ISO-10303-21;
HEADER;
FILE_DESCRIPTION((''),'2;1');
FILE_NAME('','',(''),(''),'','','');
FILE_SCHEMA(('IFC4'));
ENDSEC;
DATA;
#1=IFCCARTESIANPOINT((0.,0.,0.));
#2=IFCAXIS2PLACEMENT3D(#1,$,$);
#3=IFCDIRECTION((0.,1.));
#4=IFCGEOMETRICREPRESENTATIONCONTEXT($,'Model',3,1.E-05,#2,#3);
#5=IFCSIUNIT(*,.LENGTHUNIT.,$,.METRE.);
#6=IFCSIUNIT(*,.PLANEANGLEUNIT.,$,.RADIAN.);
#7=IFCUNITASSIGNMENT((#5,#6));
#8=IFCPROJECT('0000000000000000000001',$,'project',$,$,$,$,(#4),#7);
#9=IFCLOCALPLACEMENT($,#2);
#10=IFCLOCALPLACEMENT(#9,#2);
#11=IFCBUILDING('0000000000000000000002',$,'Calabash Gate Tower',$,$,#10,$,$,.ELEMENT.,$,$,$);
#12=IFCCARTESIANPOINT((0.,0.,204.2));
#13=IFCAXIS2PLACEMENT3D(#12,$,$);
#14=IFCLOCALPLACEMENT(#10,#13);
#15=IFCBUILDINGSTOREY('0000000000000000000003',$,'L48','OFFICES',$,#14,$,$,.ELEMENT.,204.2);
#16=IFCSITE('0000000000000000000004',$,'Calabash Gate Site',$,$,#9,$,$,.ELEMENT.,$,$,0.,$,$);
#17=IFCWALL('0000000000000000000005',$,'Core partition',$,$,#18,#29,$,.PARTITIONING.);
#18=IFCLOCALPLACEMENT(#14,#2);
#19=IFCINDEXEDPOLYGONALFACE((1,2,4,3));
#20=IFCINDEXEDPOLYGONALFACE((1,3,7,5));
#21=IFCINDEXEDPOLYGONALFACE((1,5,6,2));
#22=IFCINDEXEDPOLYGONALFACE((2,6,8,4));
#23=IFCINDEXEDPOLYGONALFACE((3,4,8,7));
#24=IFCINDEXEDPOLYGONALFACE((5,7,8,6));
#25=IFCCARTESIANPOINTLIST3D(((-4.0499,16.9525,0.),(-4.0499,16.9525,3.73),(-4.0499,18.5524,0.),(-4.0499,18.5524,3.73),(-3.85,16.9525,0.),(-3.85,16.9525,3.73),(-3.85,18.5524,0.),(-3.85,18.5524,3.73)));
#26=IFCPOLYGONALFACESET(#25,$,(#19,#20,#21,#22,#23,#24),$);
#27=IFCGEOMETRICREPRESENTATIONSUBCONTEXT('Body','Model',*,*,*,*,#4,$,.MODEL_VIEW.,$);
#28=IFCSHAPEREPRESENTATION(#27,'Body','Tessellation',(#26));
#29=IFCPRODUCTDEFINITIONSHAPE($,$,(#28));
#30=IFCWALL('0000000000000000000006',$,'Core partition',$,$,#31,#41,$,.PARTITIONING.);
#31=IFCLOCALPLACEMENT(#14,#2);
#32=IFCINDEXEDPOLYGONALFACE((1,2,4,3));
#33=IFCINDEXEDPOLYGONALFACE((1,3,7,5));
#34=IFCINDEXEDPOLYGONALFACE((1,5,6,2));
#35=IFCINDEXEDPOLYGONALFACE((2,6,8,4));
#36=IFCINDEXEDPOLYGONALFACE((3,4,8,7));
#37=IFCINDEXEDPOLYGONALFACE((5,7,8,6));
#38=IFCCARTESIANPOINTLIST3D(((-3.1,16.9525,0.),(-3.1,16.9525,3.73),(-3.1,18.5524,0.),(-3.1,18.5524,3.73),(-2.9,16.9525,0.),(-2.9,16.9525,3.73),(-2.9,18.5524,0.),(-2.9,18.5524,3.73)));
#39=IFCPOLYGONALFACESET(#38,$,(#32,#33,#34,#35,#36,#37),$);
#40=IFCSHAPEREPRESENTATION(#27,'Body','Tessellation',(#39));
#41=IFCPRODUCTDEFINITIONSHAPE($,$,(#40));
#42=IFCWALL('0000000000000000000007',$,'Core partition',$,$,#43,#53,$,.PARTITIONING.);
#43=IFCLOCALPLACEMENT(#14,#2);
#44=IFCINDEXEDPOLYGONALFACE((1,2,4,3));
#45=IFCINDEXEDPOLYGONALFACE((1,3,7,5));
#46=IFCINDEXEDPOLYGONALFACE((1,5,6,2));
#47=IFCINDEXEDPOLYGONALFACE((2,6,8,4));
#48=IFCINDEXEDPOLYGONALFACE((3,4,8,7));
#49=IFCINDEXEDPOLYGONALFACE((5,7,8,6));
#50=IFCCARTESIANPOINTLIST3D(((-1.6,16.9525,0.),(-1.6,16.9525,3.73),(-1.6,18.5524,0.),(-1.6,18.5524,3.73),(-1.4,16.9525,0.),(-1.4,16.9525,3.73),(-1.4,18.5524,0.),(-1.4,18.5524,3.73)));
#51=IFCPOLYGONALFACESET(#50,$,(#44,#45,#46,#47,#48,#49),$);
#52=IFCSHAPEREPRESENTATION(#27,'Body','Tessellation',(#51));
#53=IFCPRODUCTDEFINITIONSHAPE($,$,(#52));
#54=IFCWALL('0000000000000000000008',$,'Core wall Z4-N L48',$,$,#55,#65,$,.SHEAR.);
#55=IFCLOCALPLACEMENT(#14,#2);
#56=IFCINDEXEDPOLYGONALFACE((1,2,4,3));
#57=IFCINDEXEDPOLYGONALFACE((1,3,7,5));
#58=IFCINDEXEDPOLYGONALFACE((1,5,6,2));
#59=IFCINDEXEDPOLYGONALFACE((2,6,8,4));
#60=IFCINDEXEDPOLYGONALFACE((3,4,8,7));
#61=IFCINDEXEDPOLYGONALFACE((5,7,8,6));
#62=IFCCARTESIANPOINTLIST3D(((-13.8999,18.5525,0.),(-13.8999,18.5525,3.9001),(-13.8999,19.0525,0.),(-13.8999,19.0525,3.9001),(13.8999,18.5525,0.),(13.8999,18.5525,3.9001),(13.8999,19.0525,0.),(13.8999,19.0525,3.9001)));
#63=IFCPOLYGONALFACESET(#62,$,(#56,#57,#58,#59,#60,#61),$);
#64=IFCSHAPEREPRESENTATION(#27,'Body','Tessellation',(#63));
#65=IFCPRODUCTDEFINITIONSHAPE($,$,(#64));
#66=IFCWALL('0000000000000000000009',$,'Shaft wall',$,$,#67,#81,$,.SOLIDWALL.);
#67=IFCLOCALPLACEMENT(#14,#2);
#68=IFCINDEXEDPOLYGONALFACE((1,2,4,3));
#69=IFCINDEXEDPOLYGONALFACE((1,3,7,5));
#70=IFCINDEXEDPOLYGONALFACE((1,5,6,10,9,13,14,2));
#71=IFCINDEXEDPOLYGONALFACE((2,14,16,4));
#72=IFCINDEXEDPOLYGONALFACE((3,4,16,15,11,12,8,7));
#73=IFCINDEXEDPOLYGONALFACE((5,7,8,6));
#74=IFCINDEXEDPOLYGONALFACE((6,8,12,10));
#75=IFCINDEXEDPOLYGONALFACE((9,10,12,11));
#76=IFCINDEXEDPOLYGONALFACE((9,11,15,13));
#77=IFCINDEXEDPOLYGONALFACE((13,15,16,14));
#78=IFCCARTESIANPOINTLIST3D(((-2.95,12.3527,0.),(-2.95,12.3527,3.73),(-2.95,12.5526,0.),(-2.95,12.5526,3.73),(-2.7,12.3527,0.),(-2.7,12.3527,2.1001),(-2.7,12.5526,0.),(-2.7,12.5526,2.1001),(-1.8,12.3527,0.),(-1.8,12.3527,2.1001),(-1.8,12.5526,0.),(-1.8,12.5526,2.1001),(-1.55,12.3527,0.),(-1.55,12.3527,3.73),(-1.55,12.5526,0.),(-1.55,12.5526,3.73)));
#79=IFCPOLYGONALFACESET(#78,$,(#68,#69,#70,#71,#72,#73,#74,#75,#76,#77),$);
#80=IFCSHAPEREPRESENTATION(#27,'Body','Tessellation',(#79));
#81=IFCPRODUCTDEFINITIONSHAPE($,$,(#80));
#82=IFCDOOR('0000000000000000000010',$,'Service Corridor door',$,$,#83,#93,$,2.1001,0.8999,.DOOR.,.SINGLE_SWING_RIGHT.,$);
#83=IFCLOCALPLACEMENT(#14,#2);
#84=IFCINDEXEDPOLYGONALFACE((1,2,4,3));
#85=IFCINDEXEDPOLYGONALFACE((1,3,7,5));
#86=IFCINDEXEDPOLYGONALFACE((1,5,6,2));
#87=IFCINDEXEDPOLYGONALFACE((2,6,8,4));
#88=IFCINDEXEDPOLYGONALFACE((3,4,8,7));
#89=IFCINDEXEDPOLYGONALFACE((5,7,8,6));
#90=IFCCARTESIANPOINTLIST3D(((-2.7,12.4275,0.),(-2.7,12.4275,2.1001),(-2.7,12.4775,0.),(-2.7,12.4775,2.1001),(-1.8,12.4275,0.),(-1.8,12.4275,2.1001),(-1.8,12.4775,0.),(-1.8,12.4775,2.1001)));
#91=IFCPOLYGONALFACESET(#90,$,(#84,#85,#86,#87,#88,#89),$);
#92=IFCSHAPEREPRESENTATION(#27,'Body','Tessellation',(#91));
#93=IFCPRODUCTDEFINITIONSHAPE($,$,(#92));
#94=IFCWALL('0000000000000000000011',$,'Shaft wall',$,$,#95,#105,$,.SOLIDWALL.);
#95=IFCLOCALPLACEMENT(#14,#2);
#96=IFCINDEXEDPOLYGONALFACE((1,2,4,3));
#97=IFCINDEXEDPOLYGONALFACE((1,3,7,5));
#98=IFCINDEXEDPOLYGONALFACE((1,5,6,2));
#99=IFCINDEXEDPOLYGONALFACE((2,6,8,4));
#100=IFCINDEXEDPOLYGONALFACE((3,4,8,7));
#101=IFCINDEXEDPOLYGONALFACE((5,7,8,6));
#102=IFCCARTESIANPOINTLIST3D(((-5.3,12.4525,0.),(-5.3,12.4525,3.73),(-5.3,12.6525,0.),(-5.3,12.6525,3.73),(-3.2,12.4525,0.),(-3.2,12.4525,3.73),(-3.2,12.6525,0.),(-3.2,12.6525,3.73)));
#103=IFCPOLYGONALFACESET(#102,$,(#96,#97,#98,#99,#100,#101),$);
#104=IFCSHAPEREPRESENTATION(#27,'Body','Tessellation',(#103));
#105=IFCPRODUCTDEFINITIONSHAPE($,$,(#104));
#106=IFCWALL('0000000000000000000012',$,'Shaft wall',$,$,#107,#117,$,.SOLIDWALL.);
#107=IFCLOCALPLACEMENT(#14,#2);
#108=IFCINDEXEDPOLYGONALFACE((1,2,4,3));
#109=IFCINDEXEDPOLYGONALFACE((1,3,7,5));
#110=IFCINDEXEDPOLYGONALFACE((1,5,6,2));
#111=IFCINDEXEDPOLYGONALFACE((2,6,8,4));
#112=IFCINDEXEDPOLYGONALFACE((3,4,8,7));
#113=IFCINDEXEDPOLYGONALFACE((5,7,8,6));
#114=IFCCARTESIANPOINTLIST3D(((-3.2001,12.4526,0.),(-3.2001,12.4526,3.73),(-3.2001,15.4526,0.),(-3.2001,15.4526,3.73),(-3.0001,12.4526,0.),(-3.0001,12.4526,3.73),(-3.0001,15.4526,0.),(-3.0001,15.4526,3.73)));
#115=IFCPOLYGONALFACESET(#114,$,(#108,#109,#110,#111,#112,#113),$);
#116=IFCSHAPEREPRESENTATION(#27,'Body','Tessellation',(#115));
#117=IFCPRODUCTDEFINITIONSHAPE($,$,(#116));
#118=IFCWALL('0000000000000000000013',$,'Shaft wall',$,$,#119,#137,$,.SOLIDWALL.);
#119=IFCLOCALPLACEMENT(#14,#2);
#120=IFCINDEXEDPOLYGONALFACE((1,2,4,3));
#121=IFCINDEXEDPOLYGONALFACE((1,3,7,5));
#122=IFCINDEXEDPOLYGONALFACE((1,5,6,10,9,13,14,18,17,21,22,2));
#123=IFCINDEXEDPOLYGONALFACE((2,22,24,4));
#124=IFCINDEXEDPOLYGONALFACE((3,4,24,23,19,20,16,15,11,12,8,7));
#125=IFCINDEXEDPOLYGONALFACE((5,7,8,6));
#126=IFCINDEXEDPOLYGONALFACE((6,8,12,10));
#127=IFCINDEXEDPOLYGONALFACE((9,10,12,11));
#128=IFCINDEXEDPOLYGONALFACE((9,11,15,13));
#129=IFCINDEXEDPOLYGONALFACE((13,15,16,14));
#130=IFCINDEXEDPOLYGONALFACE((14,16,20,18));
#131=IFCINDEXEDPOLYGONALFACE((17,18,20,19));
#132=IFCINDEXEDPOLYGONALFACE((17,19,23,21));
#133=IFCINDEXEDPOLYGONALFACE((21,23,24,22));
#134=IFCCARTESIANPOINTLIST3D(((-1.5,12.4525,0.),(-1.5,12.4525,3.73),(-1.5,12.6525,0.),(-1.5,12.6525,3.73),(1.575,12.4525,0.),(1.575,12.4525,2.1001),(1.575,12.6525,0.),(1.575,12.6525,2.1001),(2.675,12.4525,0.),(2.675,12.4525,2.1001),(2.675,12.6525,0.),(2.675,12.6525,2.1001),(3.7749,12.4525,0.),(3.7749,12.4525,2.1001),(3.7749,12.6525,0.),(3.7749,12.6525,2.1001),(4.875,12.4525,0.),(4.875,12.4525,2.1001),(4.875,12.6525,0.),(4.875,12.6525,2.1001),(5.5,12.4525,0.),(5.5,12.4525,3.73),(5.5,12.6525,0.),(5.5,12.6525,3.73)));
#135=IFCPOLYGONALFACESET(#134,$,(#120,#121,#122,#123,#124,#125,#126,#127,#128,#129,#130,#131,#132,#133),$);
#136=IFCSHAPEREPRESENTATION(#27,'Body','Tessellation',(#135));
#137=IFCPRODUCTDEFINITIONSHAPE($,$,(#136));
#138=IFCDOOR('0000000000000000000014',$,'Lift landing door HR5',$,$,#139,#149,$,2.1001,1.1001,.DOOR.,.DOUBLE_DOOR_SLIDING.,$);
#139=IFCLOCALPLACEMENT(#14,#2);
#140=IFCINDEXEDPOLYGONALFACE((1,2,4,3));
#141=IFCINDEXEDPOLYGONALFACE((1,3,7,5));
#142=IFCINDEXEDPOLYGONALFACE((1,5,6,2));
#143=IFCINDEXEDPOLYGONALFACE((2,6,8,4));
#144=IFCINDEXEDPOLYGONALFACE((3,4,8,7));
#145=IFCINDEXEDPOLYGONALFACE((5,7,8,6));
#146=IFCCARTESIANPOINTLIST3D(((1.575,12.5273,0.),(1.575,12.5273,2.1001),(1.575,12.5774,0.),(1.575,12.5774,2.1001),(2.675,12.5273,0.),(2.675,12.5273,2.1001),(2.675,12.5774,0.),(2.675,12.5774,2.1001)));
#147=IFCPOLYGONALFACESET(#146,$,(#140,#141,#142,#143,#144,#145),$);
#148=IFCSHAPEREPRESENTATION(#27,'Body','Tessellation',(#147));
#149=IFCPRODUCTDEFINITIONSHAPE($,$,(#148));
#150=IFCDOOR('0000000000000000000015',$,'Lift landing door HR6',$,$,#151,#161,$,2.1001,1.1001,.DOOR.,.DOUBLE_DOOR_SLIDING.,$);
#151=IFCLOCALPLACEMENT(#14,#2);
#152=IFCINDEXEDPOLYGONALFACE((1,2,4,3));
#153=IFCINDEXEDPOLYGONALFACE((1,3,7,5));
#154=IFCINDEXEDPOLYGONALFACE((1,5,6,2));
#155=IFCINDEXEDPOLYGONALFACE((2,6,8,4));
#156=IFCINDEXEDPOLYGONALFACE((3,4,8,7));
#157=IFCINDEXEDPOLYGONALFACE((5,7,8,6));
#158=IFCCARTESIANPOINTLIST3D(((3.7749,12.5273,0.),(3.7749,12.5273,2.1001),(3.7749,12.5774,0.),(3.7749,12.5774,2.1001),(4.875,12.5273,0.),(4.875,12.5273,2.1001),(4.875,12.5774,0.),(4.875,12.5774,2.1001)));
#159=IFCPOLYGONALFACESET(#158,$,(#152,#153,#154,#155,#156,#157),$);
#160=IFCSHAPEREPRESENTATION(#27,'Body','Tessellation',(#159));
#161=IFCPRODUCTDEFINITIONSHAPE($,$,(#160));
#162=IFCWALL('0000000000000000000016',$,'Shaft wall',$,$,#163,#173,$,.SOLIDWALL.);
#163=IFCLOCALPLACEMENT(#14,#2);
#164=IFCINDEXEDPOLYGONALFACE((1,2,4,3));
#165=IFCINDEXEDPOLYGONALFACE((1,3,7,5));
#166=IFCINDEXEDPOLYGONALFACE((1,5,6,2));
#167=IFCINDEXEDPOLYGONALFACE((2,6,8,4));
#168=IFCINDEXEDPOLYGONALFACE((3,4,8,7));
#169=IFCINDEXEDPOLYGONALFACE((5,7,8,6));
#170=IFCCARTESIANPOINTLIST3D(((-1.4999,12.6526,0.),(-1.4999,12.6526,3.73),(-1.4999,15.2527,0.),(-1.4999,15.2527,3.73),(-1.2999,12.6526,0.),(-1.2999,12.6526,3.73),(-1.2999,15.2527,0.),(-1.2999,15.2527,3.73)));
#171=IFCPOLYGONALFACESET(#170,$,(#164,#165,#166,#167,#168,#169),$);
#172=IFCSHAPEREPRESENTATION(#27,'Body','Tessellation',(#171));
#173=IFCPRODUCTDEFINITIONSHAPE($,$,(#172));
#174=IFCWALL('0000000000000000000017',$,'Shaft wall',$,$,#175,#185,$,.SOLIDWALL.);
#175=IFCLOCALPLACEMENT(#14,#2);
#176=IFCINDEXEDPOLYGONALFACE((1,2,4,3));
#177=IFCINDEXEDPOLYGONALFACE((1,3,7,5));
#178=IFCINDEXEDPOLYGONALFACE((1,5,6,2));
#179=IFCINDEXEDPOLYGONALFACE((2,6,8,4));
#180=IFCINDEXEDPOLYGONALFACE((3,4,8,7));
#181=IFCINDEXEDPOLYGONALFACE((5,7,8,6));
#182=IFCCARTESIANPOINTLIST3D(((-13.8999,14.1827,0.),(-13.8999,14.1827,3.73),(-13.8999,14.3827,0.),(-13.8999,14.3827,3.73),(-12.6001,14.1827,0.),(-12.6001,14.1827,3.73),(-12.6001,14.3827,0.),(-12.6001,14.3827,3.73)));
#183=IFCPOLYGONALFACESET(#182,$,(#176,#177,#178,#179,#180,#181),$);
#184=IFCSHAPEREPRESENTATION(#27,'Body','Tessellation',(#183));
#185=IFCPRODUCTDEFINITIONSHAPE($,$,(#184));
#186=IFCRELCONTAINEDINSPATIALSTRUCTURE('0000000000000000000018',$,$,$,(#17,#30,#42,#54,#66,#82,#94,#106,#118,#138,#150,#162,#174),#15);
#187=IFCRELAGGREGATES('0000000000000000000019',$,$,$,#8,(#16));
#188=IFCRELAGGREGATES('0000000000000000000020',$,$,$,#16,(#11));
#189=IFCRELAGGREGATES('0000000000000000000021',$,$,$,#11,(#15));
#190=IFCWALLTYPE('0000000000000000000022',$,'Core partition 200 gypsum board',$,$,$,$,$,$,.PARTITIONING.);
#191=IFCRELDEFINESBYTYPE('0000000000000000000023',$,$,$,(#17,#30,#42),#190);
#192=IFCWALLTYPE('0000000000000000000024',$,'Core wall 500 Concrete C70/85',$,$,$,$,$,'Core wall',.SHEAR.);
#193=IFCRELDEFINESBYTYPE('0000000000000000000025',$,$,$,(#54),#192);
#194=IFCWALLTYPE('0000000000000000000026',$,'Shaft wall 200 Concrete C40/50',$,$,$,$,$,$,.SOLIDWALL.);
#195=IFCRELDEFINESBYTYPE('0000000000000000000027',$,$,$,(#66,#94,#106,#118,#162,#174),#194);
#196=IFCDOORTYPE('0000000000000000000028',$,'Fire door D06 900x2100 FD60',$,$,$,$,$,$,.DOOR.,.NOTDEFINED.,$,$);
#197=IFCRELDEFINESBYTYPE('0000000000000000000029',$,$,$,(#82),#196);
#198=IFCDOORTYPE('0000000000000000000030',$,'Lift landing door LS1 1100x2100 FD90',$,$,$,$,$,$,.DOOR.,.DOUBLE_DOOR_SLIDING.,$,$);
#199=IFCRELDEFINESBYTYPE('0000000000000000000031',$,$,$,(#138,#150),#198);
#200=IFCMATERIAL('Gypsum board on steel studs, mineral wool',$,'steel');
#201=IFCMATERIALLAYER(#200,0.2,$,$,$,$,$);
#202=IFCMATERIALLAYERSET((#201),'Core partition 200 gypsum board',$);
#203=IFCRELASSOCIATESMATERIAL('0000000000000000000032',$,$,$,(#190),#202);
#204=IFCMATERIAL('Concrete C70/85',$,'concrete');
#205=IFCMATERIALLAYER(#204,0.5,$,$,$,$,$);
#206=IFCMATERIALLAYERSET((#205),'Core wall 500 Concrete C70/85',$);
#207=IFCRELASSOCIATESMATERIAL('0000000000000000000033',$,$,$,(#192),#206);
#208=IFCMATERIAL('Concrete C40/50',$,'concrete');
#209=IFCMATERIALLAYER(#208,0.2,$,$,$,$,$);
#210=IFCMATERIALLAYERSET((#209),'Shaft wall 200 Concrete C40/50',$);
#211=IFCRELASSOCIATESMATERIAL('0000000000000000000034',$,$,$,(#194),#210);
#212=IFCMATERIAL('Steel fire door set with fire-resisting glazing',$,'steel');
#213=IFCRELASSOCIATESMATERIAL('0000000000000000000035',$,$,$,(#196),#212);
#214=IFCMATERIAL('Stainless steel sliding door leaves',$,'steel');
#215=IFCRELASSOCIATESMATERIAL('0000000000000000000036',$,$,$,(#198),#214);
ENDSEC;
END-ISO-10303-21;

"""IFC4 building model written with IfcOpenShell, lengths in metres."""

from ifc_helpers import new_model, si_unit, direction, frame, frame_2d, origin, place, context, subcontext, project, spatial, rectangle, extrude, material, layer, layer_set, type_object, element, fill, save


model = new_model("IFC4")

# Units and contexts
model_context = context("Model", 3, precision=1e-05, world=origin(), true_north=direction((0.0, 1.0)))
body_context = subcontext(model_context, "Body", "Model", "MODEL_VIEW")
ifc_project = project(units=[si_unit("LENGTHUNIT", "METRE"), si_unit("PLANEANGLEUNIT", "RADIAN")], contexts=[model_context])

# Site, building, storey
site_placement = place(None, origin())
site = spatial("IfcSite", under=ifc_project, at=site_placement, Name="Calabash Gate Site", CompositionType="ELEMENT", RefElevation=0.0)
building_placement = place(site_placement, origin())
building = spatial("IfcBuilding", under=site, at=building_placement, Name="Calabash Gate Tower", CompositionType="ELEMENT")
storey_placement = place(building_placement, frame((0.0, 0.0, 204.2)))
storey = spatial("IfcBuildingStorey", under=building, at=storey_placement, Name="L48", Description="OFFICES", CompositionType="ELEMENT", Elevation=204.2)

# Walls
ifc_material_1 = material(Name="Gypsum board on steel studs, mineral wool", Category="steel")
ifc_layer_1 = layer(ifc_material_1, 0.2)
ifc_layer_set_1 = layer_set([ifc_layer_1], Name="Core partition 200 gypsum board")
wall_type_1 = type_object("IfcWallType", Name="Core partition 200 gypsum board", PredefinedType="PARTITIONING", material=ifc_layer_set_1)
for number, where, z_axis, x_axis, name in (
    (1, (-3.95, 16.9526, 0.0), (0.0, 0.0, 1.0), (0.0, 1.0, 0.0), "Core partition"),
    (2, (-3.0, 16.9526, 0.0), (0.0, 0.0, 1.0), (0.0, 1.0, 0.0), "Core partition"),
    (3, (-1.5, 16.9526, 0.0), (0.0, 0.0, 1.0), (0.0, 1.0, 0.0), "Core partition"),
):
    element("IfcWall", number, at=place(storey_placement, frame(where, z_axis=z_axis, x_axis=x_axis)), inside=storey, type_object=wall_type_1, Name=name, PredefinedType="PARTITIONING", context=body_context, shape_type="SweptSolid", body=[
        extrude(rectangle(XDim=1.5999, YDim=0.2, at=frame_2d((0.7998, 0.0))), origin(), (0.0, 0.0, 1.0), 3.73),
    ])
ifc_material_2 = material(Name="Concrete C70/85", Category="concrete")
ifc_layer_2 = layer(ifc_material_2, 0.5)
ifc_layer_set_2 = layer_set([ifc_layer_2], Name="Core wall 500 Concrete C70/85")
wall_type_2 = type_object("IfcWallType", Name="Core wall 500 Concrete C70/85", ElementType="Core wall", PredefinedType="SHEAR", material=ifc_layer_set_2)
wall_1_placement = place(storey_placement, frame((-13.8999, 18.8025, 0.0), z_axis=(0.0, 0.0, 1.0), x_axis=(1.0, 0.0, 0.0)))
element("IfcWall", 4, at=wall_1_placement, inside=storey, type_object=wall_type_2, Name="Core wall Z4-N L48", PredefinedType="SHEAR", context=body_context, shape_type="SweptSolid", body=[
    extrude(rectangle(XDim=27.7998, YDim=0.5, at=frame_2d((13.8999, 0.0))), origin(), (0.0, 0.0, 1.0), 3.9001),
])

# Wall, opening, door
ifc_material_3 = material(Name="Concrete C40/50", Category="concrete")
ifc_layer_3 = layer(ifc_material_3, 0.2)
ifc_layer_set_3 = layer_set([ifc_layer_3], Name="Shaft wall 200 Concrete C40/50")
wall_type_3 = type_object("IfcWallType", Name="Shaft wall 200 Concrete C40/50", PredefinedType="SOLIDWALL", material=ifc_layer_set_3)
wall_2_placement = place(storey_placement, frame((-2.95, 12.4526, 0.0), z_axis=(0.0, 0.0, 1.0), x_axis=(1.0, 0.0, 0.0)))
wall_2 = element("IfcWall", 5, at=wall_2_placement, inside=storey, type_object=wall_type_3, Name="Shaft wall", PredefinedType="SOLIDWALL", context=body_context, shape_type="SweptSolid", body=[
    extrude(rectangle(XDim=1.3999, YDim=0.2, at=frame_2d((0.7, 0.0))), origin(), (0.0, 0.0, 1.0), 3.73),
])
opening_1_placement = place(wall_2_placement, frame((0.25, 0.0, 0.0)))
opening_1 = element("IfcOpeningElement", 6, at=opening_1_placement, cuts=wall_2, PredefinedType="OPENING", context=body_context, shape_type="SweptSolid", body=[
    extrude(rectangle(XDim=0.8999, YDim=2.1001, at=frame_2d((0.45, 1.05))), frame((0.0, 0.1099, 0.0), z_axis=(0.0, -1.0, 0.0), x_axis=(1.0, 0.0, 0.0)), (0.0, 0.0, 1.0), 0.22),
])
ifc_material_4 = material(Name="Steel fire door set with fire-resisting glazing", Category="steel")
door_type_1 = type_object("IfcDoorType", Name="Fire door D06 900x2100 FD60", OperationType="NOTDEFINED", PredefinedType="DOOR", material=ifc_material_4)
door_1_placement = place(opening_1_placement, origin())
door_1 = element("IfcDoor", 7, at=door_1_placement, inside=storey, type_object=door_type_1, Name="Service Corridor door", OperationType="SINGLE_SWING_RIGHT", OverallHeight=2.1001, OverallWidth=0.8999, PredefinedType="DOOR", context=body_context, shape_type="SweptSolid", body=[
    extrude(rectangle(XDim=0.8999, YDim=2.1001, at=frame_2d((0.45, 1.05))), frame((0.0, 0.0249, 0.0), z_axis=(0.0, -1.0, 0.0), x_axis=(1.0, 0.0, 0.0)), (0.0, 0.0, 1.0), 0.05),
])
fill(opening_1, door_1)

# Walls
wall_3_placement = place(storey_placement, frame((-5.3, 12.5525, 0.0), z_axis=(0.0, 0.0, 1.0), x_axis=(1.0, 0.0, 0.0)))
element("IfcWall", 8, at=wall_3_placement, inside=storey, type_object=wall_type_3, Name="Shaft wall", PredefinedType="SOLIDWALL", context=body_context, shape_type="SweptSolid", body=[
    extrude(rectangle(XDim=2.1001, YDim=0.2, at=frame_2d((1.05, 0.0))), origin(), (0.0, 0.0, 1.0), 3.73),
])
wall_4_placement = place(storey_placement, frame((-3.1001, 12.4526, 0.0), z_axis=(0.0, 0.0, 1.0), x_axis=(0.0, 1.0, 0.0)))
element("IfcWall", 9, at=wall_4_placement, inside=storey, type_object=wall_type_3, Name="Shaft wall", PredefinedType="SOLIDWALL", context=body_context, shape_type="SweptSolid", body=[
    extrude(rectangle(XDim=3.0, YDim=0.2, at=frame_2d((1.5, 0.0))), origin(), (0.0, 0.0, 1.0), 3.73),
])

# Wall, openings, doors
wall_5_placement = place(storey_placement, frame((-1.5, 12.5525, 0.0), z_axis=(0.0, 0.0, 1.0), x_axis=(1.0, 0.0, 0.0)))
wall_5 = element("IfcWall", 10, at=wall_5_placement, inside=storey, type_object=wall_type_3, Name="Shaft wall", PredefinedType="SOLIDWALL", context=body_context, shape_type="SweptSolid", body=[
    extrude(rectangle(XDim=7.0, YDim=0.2, at=frame_2d((3.5, 0.0))), origin(), (0.0, 0.0, 1.0), 3.73),
])
opening_2_placement = place(wall_5_placement, frame((3.075, 0.0, 0.0)))
opening_2 = element("IfcOpeningElement", 11, at=opening_2_placement, cuts=wall_5, PredefinedType="OPENING", context=body_context, shape_type="SweptSolid", body=[
    extrude(rectangle(XDim=1.1001, YDim=2.1001, at=frame_2d((0.55, 1.05))), frame((0.0, 0.1099, 0.0), z_axis=(0.0, -1.0, 0.0), x_axis=(1.0, 0.0, 0.0)), (0.0, 0.0, 1.0), 0.22),
])
opening_3_placement = place(wall_5_placement, frame((5.2749, 0.0, 0.0)))
opening_3 = element("IfcOpeningElement", 12, at=opening_3_placement, cuts=wall_5, PredefinedType="OPENING", context=body_context, shape_type="SweptSolid", body=[
    extrude(rectangle(XDim=1.1001, YDim=2.1001, at=frame_2d((0.55, 1.05))), frame((0.0, 0.1099, 0.0), z_axis=(0.0, -1.0, 0.0), x_axis=(1.0, 0.0, 0.0)), (0.0, 0.0, 1.0), 0.22),
])
ifc_material_5 = material(Name="Stainless steel sliding door leaves", Category="steel")
door_type_2 = type_object("IfcDoorType", Name="Lift landing door LS1 1100x2100 FD90", OperationType="DOUBLE_DOOR_SLIDING", PredefinedType="DOOR", material=ifc_material_5)
door_2_placement = place(opening_2_placement, origin())
door_2 = element("IfcDoor", 13, at=door_2_placement, inside=storey, type_object=door_type_2, Name="Lift landing door HR5", OperationType="DOUBLE_DOOR_SLIDING", OverallHeight=2.1001, OverallWidth=1.1001, PredefinedType="DOOR", context=body_context, shape_type="SweptSolid", body=[
    extrude(rectangle(XDim=1.1001, YDim=2.1001, at=frame_2d((0.55, 1.05))), frame((0.0, 0.0249, 0.0), z_axis=(0.0, -1.0, 0.0), x_axis=(1.0, 0.0, 0.0)), (0.0, 0.0, 1.0), 0.05),
])
fill(opening_2, door_2)
door_3_placement = place(opening_3_placement, origin())
door_3 = element("IfcDoor", 14, at=door_3_placement, inside=storey, type_object=door_type_2, Name="Lift landing door HR6", OperationType="DOUBLE_DOOR_SLIDING", OverallHeight=2.1001, OverallWidth=1.1001, PredefinedType="DOOR", context=body_context, shape_type="SweptSolid", body=[
    extrude(rectangle(XDim=1.1001, YDim=2.1001, at=frame_2d((0.55, 1.05))), frame((0.0, 0.0249, 0.0), z_axis=(0.0, -1.0, 0.0), x_axis=(1.0, 0.0, 0.0)), (0.0, 0.0, 1.0), 0.05),
])
fill(opening_3, door_3)

# Walls
wall_6_placement = place(storey_placement, frame((-1.3999, 12.6526, 0.0), z_axis=(0.0, 0.0, 1.0), x_axis=(0.0, 1.0, 0.0)))
element("IfcWall", 15, at=wall_6_placement, inside=storey, type_object=wall_type_3, Name="Shaft wall", PredefinedType="SOLIDWALL", context=body_context, shape_type="SweptSolid", body=[
    extrude(rectangle(XDim=2.6001, YDim=0.2, at=frame_2d((1.3, 0.0))), origin(), (0.0, 0.0, 1.0), 3.73),
])
wall_7_placement = place(storey_placement, frame((-13.8999, 14.2827, 0.0), z_axis=(0.0, 0.0, 1.0), x_axis=(1.0, 0.0, 0.0)))
element("IfcWall", 16, at=wall_7_placement, inside=storey, type_object=wall_type_3, Name="Shaft wall", PredefinedType="SOLIDWALL", context=body_context, shape_type="SweptSolid", body=[
    extrude(rectangle(XDim=1.2998, YDim=0.2, at=frame_2d((0.6499, 0.0))), origin(), (0.0, 0.0, 1.0), 3.73),
])

save(model, "model.ifc")
